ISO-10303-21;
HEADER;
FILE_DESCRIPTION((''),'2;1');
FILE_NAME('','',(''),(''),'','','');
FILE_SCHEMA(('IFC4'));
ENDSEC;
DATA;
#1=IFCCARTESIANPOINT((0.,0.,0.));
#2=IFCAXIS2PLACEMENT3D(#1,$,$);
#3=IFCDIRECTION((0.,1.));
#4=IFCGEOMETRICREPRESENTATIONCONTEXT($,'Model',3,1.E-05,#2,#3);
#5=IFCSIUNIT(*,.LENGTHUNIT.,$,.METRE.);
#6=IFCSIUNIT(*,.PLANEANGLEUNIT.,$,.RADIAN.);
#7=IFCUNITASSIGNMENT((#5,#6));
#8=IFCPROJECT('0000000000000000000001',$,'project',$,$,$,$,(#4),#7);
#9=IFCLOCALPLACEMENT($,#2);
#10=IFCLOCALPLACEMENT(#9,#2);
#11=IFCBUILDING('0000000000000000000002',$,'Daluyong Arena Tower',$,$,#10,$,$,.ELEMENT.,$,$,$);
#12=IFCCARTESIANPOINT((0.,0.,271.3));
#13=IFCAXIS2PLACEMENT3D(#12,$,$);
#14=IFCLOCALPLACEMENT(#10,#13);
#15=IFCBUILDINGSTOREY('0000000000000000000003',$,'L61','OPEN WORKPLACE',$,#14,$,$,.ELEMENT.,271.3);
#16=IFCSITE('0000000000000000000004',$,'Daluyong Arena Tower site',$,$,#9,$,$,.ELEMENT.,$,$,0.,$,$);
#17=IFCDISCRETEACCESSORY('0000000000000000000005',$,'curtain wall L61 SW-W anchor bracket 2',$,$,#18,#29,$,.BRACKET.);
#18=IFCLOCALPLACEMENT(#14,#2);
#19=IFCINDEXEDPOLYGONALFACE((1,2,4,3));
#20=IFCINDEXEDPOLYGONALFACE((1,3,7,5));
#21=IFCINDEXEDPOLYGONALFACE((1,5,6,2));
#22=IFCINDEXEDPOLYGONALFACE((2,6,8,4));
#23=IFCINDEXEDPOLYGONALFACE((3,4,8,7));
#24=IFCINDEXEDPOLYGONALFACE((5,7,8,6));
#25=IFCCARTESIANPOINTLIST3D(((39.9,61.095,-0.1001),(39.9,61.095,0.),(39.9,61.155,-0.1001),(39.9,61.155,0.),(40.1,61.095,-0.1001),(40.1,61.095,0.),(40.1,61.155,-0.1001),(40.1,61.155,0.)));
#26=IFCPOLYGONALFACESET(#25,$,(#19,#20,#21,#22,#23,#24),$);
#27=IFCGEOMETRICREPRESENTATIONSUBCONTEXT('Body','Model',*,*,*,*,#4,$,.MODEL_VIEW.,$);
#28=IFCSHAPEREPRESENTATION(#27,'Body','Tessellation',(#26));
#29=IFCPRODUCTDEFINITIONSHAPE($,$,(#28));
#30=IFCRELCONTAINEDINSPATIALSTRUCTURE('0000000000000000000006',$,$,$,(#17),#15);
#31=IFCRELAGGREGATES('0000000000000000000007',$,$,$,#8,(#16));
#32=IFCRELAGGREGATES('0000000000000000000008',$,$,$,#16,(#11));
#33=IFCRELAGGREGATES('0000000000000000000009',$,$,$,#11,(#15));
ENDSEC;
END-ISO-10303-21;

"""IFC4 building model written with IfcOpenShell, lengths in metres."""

from ifc_helpers import new_model, si_unit, direction, frame, origin, origin_2d, place, context, subcontext, project, spatial, rectangle, extrude, element, save


model = new_model("IFC4")

# Units and contexts
model_context = context("Model", 3, precision=1e-05, world=origin(), true_north=direction((0.0, 1.0)))
body_context = subcontext(model_context, "Body", "Model", "MODEL_VIEW")
ifc_project = project(units=[si_unit("LENGTHUNIT", "METRE"), si_unit("PLANEANGLEUNIT", "RADIAN")], contexts=[model_context])

# Site, building, storey
site_placement = place(None, origin())
site = spatial("IfcSite", under=ifc_project, at=site_placement, Name="Daluyong Arena Tower site", CompositionType="ELEMENT", RefElevation=0.0)
building_placement = place(site_placement, origin())
building = spatial("IfcBuilding", under=site, at=building_placement, Name="Daluyong Arena Tower", CompositionType="ELEMENT")
storey_placement = place(building_placement, frame((0.0, 0.0, 271.3)))
storey = spatial("IfcBuildingStorey", under=building, at=storey_placement, Name="L61", Description="OPEN WORKPLACE", CompositionType="ELEMENT", Elevation=271.3)

# Discrete accessory
for number, where, z_axis, x_axis, name in (
    (1, (40.0, 61.125, -0.1001), (0.0, 0.0, 1.0), (0.0, -1.0, 0.0), "curtain wall L61 SW-W anchor bracket 2"),
):
    element("IfcDiscreteAccessory", number, at=place(storey_placement, frame(where, z_axis=z_axis, x_axis=x_axis)), inside=storey, Name=name, PredefinedType="BRACKET", context=body_context, shape_type="SweptSolid", body=[
        extrude(rectangle(XDim=0.0601, YDim=0.2, at=origin_2d()), origin(), (0.0, 0.0, 1.0), 0.1001),
    ])

save(model, "model.ifc")
